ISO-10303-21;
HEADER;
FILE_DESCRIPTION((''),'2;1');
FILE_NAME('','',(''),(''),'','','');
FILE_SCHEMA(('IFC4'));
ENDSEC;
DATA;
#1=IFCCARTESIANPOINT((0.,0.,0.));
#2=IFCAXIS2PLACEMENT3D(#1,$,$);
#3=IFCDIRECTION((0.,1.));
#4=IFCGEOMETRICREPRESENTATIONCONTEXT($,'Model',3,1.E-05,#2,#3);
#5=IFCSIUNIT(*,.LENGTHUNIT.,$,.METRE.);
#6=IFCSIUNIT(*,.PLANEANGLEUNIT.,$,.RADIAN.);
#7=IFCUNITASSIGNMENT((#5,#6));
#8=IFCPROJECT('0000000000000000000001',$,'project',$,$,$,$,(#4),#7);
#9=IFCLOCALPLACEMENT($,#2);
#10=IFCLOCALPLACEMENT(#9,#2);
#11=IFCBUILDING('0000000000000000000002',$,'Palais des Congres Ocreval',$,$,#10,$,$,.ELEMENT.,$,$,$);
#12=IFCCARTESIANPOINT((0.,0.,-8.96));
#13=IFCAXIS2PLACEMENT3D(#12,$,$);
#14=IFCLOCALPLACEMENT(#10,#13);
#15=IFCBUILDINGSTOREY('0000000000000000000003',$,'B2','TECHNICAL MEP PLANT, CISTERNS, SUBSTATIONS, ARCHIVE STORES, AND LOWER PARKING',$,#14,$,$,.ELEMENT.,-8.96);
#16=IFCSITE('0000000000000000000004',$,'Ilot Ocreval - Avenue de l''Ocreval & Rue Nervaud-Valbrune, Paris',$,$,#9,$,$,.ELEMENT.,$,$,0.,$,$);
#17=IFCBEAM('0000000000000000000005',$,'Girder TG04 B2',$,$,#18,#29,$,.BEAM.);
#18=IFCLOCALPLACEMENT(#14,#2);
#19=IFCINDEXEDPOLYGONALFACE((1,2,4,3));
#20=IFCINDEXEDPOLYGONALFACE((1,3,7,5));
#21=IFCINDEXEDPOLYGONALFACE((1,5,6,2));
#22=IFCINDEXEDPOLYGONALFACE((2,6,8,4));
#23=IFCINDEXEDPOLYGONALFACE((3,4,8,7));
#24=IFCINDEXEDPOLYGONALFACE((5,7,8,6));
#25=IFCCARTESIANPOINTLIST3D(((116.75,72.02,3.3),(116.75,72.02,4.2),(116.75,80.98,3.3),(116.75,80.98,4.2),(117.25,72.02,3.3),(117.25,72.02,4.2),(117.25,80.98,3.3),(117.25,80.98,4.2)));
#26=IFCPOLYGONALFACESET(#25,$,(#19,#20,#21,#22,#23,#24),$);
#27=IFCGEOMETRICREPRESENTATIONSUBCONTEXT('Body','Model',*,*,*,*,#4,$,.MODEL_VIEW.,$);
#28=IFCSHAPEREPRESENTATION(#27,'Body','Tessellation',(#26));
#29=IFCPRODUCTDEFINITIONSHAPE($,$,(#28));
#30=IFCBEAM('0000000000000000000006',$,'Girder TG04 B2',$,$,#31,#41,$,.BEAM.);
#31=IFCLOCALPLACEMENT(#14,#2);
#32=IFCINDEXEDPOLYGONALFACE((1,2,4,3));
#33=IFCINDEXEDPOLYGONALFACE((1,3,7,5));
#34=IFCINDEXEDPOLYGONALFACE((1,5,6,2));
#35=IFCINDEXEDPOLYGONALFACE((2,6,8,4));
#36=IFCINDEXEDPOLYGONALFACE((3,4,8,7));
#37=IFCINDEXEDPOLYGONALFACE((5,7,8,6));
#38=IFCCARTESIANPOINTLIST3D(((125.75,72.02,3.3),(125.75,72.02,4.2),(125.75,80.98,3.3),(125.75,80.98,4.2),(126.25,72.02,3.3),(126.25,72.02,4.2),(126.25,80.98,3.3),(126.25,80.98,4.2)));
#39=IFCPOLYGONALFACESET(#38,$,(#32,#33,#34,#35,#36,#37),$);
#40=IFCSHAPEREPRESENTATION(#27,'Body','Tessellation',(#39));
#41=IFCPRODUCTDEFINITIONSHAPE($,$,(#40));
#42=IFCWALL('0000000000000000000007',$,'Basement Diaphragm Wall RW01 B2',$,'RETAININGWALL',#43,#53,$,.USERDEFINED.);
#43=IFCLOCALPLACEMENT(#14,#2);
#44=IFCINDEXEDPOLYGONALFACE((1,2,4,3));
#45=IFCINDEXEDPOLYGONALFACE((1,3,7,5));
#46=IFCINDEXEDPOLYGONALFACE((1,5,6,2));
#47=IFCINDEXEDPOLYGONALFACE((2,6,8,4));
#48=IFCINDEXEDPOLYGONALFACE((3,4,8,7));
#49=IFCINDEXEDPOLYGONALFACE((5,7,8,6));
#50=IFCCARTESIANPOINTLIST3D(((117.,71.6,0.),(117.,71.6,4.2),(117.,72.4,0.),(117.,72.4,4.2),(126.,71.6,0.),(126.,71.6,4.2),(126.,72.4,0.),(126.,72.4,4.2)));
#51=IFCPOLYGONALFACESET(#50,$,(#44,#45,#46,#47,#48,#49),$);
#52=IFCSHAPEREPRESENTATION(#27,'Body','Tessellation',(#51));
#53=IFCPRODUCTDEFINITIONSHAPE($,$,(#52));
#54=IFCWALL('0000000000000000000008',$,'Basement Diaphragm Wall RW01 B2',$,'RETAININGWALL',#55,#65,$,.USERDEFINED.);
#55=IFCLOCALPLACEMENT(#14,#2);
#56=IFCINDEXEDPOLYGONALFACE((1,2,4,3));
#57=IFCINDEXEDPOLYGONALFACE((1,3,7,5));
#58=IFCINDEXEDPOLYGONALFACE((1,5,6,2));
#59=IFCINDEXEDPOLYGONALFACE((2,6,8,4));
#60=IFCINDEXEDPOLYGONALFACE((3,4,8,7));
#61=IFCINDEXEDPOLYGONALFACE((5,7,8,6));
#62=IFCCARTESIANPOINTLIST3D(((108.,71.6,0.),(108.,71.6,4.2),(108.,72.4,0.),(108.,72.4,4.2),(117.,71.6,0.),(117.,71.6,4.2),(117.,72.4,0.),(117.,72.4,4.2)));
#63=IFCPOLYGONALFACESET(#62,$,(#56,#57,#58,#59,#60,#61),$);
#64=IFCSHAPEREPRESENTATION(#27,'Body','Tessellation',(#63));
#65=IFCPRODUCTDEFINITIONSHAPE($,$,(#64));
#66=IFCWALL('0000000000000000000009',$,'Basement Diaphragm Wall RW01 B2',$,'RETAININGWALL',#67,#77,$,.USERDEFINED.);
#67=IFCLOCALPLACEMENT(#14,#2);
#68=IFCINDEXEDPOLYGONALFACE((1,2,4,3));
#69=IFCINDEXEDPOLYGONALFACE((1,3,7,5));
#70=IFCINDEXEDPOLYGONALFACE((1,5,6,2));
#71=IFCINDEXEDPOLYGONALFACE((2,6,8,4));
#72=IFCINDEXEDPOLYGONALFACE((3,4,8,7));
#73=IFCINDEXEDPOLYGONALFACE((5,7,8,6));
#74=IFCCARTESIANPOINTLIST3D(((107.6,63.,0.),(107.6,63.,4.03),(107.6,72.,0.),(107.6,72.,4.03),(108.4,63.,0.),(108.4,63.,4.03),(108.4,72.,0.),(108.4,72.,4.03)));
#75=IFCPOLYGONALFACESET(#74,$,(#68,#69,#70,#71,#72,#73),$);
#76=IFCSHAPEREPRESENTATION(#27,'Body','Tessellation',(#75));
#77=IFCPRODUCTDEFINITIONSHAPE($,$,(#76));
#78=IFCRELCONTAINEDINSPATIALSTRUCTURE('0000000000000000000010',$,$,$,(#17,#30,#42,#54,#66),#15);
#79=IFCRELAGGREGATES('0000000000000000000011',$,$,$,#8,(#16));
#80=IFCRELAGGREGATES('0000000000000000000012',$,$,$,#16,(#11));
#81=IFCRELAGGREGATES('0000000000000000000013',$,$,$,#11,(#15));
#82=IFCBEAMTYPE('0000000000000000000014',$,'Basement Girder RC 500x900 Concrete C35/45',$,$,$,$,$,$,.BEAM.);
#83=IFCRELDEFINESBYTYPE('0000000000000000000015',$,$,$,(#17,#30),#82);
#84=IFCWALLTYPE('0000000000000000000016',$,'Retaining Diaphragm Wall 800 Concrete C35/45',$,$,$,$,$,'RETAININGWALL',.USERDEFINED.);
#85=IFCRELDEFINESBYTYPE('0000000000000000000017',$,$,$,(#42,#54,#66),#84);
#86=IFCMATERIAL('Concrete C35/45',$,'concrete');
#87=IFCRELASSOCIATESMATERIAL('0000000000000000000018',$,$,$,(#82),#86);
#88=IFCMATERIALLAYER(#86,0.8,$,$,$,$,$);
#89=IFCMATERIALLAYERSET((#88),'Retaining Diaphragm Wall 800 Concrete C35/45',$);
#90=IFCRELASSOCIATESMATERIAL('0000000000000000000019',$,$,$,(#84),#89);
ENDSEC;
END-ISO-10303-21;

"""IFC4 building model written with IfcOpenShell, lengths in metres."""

from ifc_helpers import new_model, si_unit, direction, frame, frame_2d, origin, origin_2d, place, context, subcontext, project, spatial, rectangle, extrude, material, layer, layer_set, material_profile, profile_set, type_object, element, save


model = new_model("IFC4")

# Units and contexts
model_context = context("Model", 3, precision=1e-05, world=origin(), true_north=direction((0.0, 1.0)))
body_context = subcontext(model_context, "Body", "Model", "MODEL_VIEW")
ifc_project = project(units=[si_unit("LENGTHUNIT", "METRE"), si_unit("PLANEANGLEUNIT", "RADIAN")], contexts=[model_context])

# Site, building, storey
site_placement = place(None, origin())
site = spatial("IfcSite", under=ifc_project, at=site_placement, Name="Ilot Ocreval - Avenue de l'Ocreval & Rue Nervaud-Valbrune, Paris", CompositionType="ELEMENT", RefElevation=0.0)
building_placement = place(site_placement, origin())
building = spatial("IfcBuilding", under=site, at=building_placement, Name="Palais des Congres Ocreval", CompositionType="ELEMENT")
storey_placement = place(building_placement, frame((0.0, 0.0, -8.96)))
storey = spatial("IfcBuildingStorey", under=building, at=storey_placement, Name="B2", Description="TECHNICAL MEP PLANT, CISTERNS, SUBSTATIONS, ARCHIVE STORES, AND LOWER PARKING", CompositionType="ELEMENT", Elevation=-8.96)

# Shared definitions
ifc_material_1 = material(Name="Concrete C35/45", Category="concrete")

# Beams
ifc_material_profile_1 = material_profile(ifc_material_1, rectangle(XDim=0.5, YDim=0.8999, at=origin_2d()), Name="RC 500x900")
ifc_profile_set_1 = profile_set([ifc_material_profile_1], Name="Concrete C35/45")
beam_type = type_object("IfcBeamType", Name="Basement Girder RC 500x900 Concrete C35/45", PredefinedType="BEAM", material=ifc_profile_set_1)
for number, where, z_axis, x_axis, name in (
    (1, (117.0, 72.02, 3.75), (0.0, 1.0, 0.0), (-1.0, 0.0, 0.0), "Girder TG04 B2"),
    (2, (126.0, 72.02, 3.75), (0.0, 1.0, 0.0), (-1.0, 0.0, 0.0), "Girder TG04 B2"),
):
    element("IfcBeam", number, at=place(storey_placement, frame(where, z_axis=z_axis, x_axis=x_axis)), inside=storey, type_object=beam_type, Name=name, PredefinedType="BEAM", context=body_context, shape_type="SweptSolid", body=[
        extrude(rectangle(XDim=0.5, YDim=0.8999, at=origin_2d()), origin(), (0.0, 0.0, 1.0), 8.96),
    ])

# Walls
ifc_layer = layer(ifc_material_1, 0.8)
ifc_layer_set = layer_set([ifc_layer], Name="Retaining Diaphragm Wall 800 Concrete C35/45")
wall_type = type_object("IfcWallType", Name="Retaining Diaphragm Wall 800 Concrete C35/45", ElementType="RETAININGWALL", PredefinedType="USERDEFINED", material=ifc_layer_set)
for number, where, z_axis, x_axis, name in (
    (3, (126.0, 72.0, 0.0), (0.0, 0.0, 1.0), (-1.0, 0.0, 0.0), "Basement Diaphragm Wall RW01 B2"),
    (4, (117.0, 72.0, 0.0), (0.0, 0.0, 1.0), (-1.0, 0.0, 0.0), "Basement Diaphragm Wall RW01 B2"),
):
    element("IfcWall", number, at=place(storey_placement, frame(where, z_axis=z_axis, x_axis=x_axis)), inside=storey, type_object=wall_type, Name=name, ObjectType="RETAININGWALL", PredefinedType="USERDEFINED", context=body_context, shape_type="SweptSolid", body=[
        extrude(rectangle(XDim=9.0, YDim=0.8, at=frame_2d((4.5, 0.0))), origin(), (0.0, 0.0, 1.0), 4.2),
    ])
wall_placement = place(storey_placement, frame((108.0, 72.0, 0.0), z_axis=(0.0, 0.0, 1.0), x_axis=(0.0, -1.0, 0.0)))
element("IfcWall", 5, at=wall_placement, inside=storey, type_object=wall_type, Name="Basement Diaphragm Wall RW01 B2", ObjectType="RETAININGWALL", PredefinedType="USERDEFINED", context=body_context, shape_type="SweptSolid", body=[
    extrude(rectangle(XDim=9.0, YDim=0.8, at=frame_2d((4.5, 0.0))), origin(), (0.0, 0.0, 1.0), 4.03),
])

save(model, "model.ifc")
